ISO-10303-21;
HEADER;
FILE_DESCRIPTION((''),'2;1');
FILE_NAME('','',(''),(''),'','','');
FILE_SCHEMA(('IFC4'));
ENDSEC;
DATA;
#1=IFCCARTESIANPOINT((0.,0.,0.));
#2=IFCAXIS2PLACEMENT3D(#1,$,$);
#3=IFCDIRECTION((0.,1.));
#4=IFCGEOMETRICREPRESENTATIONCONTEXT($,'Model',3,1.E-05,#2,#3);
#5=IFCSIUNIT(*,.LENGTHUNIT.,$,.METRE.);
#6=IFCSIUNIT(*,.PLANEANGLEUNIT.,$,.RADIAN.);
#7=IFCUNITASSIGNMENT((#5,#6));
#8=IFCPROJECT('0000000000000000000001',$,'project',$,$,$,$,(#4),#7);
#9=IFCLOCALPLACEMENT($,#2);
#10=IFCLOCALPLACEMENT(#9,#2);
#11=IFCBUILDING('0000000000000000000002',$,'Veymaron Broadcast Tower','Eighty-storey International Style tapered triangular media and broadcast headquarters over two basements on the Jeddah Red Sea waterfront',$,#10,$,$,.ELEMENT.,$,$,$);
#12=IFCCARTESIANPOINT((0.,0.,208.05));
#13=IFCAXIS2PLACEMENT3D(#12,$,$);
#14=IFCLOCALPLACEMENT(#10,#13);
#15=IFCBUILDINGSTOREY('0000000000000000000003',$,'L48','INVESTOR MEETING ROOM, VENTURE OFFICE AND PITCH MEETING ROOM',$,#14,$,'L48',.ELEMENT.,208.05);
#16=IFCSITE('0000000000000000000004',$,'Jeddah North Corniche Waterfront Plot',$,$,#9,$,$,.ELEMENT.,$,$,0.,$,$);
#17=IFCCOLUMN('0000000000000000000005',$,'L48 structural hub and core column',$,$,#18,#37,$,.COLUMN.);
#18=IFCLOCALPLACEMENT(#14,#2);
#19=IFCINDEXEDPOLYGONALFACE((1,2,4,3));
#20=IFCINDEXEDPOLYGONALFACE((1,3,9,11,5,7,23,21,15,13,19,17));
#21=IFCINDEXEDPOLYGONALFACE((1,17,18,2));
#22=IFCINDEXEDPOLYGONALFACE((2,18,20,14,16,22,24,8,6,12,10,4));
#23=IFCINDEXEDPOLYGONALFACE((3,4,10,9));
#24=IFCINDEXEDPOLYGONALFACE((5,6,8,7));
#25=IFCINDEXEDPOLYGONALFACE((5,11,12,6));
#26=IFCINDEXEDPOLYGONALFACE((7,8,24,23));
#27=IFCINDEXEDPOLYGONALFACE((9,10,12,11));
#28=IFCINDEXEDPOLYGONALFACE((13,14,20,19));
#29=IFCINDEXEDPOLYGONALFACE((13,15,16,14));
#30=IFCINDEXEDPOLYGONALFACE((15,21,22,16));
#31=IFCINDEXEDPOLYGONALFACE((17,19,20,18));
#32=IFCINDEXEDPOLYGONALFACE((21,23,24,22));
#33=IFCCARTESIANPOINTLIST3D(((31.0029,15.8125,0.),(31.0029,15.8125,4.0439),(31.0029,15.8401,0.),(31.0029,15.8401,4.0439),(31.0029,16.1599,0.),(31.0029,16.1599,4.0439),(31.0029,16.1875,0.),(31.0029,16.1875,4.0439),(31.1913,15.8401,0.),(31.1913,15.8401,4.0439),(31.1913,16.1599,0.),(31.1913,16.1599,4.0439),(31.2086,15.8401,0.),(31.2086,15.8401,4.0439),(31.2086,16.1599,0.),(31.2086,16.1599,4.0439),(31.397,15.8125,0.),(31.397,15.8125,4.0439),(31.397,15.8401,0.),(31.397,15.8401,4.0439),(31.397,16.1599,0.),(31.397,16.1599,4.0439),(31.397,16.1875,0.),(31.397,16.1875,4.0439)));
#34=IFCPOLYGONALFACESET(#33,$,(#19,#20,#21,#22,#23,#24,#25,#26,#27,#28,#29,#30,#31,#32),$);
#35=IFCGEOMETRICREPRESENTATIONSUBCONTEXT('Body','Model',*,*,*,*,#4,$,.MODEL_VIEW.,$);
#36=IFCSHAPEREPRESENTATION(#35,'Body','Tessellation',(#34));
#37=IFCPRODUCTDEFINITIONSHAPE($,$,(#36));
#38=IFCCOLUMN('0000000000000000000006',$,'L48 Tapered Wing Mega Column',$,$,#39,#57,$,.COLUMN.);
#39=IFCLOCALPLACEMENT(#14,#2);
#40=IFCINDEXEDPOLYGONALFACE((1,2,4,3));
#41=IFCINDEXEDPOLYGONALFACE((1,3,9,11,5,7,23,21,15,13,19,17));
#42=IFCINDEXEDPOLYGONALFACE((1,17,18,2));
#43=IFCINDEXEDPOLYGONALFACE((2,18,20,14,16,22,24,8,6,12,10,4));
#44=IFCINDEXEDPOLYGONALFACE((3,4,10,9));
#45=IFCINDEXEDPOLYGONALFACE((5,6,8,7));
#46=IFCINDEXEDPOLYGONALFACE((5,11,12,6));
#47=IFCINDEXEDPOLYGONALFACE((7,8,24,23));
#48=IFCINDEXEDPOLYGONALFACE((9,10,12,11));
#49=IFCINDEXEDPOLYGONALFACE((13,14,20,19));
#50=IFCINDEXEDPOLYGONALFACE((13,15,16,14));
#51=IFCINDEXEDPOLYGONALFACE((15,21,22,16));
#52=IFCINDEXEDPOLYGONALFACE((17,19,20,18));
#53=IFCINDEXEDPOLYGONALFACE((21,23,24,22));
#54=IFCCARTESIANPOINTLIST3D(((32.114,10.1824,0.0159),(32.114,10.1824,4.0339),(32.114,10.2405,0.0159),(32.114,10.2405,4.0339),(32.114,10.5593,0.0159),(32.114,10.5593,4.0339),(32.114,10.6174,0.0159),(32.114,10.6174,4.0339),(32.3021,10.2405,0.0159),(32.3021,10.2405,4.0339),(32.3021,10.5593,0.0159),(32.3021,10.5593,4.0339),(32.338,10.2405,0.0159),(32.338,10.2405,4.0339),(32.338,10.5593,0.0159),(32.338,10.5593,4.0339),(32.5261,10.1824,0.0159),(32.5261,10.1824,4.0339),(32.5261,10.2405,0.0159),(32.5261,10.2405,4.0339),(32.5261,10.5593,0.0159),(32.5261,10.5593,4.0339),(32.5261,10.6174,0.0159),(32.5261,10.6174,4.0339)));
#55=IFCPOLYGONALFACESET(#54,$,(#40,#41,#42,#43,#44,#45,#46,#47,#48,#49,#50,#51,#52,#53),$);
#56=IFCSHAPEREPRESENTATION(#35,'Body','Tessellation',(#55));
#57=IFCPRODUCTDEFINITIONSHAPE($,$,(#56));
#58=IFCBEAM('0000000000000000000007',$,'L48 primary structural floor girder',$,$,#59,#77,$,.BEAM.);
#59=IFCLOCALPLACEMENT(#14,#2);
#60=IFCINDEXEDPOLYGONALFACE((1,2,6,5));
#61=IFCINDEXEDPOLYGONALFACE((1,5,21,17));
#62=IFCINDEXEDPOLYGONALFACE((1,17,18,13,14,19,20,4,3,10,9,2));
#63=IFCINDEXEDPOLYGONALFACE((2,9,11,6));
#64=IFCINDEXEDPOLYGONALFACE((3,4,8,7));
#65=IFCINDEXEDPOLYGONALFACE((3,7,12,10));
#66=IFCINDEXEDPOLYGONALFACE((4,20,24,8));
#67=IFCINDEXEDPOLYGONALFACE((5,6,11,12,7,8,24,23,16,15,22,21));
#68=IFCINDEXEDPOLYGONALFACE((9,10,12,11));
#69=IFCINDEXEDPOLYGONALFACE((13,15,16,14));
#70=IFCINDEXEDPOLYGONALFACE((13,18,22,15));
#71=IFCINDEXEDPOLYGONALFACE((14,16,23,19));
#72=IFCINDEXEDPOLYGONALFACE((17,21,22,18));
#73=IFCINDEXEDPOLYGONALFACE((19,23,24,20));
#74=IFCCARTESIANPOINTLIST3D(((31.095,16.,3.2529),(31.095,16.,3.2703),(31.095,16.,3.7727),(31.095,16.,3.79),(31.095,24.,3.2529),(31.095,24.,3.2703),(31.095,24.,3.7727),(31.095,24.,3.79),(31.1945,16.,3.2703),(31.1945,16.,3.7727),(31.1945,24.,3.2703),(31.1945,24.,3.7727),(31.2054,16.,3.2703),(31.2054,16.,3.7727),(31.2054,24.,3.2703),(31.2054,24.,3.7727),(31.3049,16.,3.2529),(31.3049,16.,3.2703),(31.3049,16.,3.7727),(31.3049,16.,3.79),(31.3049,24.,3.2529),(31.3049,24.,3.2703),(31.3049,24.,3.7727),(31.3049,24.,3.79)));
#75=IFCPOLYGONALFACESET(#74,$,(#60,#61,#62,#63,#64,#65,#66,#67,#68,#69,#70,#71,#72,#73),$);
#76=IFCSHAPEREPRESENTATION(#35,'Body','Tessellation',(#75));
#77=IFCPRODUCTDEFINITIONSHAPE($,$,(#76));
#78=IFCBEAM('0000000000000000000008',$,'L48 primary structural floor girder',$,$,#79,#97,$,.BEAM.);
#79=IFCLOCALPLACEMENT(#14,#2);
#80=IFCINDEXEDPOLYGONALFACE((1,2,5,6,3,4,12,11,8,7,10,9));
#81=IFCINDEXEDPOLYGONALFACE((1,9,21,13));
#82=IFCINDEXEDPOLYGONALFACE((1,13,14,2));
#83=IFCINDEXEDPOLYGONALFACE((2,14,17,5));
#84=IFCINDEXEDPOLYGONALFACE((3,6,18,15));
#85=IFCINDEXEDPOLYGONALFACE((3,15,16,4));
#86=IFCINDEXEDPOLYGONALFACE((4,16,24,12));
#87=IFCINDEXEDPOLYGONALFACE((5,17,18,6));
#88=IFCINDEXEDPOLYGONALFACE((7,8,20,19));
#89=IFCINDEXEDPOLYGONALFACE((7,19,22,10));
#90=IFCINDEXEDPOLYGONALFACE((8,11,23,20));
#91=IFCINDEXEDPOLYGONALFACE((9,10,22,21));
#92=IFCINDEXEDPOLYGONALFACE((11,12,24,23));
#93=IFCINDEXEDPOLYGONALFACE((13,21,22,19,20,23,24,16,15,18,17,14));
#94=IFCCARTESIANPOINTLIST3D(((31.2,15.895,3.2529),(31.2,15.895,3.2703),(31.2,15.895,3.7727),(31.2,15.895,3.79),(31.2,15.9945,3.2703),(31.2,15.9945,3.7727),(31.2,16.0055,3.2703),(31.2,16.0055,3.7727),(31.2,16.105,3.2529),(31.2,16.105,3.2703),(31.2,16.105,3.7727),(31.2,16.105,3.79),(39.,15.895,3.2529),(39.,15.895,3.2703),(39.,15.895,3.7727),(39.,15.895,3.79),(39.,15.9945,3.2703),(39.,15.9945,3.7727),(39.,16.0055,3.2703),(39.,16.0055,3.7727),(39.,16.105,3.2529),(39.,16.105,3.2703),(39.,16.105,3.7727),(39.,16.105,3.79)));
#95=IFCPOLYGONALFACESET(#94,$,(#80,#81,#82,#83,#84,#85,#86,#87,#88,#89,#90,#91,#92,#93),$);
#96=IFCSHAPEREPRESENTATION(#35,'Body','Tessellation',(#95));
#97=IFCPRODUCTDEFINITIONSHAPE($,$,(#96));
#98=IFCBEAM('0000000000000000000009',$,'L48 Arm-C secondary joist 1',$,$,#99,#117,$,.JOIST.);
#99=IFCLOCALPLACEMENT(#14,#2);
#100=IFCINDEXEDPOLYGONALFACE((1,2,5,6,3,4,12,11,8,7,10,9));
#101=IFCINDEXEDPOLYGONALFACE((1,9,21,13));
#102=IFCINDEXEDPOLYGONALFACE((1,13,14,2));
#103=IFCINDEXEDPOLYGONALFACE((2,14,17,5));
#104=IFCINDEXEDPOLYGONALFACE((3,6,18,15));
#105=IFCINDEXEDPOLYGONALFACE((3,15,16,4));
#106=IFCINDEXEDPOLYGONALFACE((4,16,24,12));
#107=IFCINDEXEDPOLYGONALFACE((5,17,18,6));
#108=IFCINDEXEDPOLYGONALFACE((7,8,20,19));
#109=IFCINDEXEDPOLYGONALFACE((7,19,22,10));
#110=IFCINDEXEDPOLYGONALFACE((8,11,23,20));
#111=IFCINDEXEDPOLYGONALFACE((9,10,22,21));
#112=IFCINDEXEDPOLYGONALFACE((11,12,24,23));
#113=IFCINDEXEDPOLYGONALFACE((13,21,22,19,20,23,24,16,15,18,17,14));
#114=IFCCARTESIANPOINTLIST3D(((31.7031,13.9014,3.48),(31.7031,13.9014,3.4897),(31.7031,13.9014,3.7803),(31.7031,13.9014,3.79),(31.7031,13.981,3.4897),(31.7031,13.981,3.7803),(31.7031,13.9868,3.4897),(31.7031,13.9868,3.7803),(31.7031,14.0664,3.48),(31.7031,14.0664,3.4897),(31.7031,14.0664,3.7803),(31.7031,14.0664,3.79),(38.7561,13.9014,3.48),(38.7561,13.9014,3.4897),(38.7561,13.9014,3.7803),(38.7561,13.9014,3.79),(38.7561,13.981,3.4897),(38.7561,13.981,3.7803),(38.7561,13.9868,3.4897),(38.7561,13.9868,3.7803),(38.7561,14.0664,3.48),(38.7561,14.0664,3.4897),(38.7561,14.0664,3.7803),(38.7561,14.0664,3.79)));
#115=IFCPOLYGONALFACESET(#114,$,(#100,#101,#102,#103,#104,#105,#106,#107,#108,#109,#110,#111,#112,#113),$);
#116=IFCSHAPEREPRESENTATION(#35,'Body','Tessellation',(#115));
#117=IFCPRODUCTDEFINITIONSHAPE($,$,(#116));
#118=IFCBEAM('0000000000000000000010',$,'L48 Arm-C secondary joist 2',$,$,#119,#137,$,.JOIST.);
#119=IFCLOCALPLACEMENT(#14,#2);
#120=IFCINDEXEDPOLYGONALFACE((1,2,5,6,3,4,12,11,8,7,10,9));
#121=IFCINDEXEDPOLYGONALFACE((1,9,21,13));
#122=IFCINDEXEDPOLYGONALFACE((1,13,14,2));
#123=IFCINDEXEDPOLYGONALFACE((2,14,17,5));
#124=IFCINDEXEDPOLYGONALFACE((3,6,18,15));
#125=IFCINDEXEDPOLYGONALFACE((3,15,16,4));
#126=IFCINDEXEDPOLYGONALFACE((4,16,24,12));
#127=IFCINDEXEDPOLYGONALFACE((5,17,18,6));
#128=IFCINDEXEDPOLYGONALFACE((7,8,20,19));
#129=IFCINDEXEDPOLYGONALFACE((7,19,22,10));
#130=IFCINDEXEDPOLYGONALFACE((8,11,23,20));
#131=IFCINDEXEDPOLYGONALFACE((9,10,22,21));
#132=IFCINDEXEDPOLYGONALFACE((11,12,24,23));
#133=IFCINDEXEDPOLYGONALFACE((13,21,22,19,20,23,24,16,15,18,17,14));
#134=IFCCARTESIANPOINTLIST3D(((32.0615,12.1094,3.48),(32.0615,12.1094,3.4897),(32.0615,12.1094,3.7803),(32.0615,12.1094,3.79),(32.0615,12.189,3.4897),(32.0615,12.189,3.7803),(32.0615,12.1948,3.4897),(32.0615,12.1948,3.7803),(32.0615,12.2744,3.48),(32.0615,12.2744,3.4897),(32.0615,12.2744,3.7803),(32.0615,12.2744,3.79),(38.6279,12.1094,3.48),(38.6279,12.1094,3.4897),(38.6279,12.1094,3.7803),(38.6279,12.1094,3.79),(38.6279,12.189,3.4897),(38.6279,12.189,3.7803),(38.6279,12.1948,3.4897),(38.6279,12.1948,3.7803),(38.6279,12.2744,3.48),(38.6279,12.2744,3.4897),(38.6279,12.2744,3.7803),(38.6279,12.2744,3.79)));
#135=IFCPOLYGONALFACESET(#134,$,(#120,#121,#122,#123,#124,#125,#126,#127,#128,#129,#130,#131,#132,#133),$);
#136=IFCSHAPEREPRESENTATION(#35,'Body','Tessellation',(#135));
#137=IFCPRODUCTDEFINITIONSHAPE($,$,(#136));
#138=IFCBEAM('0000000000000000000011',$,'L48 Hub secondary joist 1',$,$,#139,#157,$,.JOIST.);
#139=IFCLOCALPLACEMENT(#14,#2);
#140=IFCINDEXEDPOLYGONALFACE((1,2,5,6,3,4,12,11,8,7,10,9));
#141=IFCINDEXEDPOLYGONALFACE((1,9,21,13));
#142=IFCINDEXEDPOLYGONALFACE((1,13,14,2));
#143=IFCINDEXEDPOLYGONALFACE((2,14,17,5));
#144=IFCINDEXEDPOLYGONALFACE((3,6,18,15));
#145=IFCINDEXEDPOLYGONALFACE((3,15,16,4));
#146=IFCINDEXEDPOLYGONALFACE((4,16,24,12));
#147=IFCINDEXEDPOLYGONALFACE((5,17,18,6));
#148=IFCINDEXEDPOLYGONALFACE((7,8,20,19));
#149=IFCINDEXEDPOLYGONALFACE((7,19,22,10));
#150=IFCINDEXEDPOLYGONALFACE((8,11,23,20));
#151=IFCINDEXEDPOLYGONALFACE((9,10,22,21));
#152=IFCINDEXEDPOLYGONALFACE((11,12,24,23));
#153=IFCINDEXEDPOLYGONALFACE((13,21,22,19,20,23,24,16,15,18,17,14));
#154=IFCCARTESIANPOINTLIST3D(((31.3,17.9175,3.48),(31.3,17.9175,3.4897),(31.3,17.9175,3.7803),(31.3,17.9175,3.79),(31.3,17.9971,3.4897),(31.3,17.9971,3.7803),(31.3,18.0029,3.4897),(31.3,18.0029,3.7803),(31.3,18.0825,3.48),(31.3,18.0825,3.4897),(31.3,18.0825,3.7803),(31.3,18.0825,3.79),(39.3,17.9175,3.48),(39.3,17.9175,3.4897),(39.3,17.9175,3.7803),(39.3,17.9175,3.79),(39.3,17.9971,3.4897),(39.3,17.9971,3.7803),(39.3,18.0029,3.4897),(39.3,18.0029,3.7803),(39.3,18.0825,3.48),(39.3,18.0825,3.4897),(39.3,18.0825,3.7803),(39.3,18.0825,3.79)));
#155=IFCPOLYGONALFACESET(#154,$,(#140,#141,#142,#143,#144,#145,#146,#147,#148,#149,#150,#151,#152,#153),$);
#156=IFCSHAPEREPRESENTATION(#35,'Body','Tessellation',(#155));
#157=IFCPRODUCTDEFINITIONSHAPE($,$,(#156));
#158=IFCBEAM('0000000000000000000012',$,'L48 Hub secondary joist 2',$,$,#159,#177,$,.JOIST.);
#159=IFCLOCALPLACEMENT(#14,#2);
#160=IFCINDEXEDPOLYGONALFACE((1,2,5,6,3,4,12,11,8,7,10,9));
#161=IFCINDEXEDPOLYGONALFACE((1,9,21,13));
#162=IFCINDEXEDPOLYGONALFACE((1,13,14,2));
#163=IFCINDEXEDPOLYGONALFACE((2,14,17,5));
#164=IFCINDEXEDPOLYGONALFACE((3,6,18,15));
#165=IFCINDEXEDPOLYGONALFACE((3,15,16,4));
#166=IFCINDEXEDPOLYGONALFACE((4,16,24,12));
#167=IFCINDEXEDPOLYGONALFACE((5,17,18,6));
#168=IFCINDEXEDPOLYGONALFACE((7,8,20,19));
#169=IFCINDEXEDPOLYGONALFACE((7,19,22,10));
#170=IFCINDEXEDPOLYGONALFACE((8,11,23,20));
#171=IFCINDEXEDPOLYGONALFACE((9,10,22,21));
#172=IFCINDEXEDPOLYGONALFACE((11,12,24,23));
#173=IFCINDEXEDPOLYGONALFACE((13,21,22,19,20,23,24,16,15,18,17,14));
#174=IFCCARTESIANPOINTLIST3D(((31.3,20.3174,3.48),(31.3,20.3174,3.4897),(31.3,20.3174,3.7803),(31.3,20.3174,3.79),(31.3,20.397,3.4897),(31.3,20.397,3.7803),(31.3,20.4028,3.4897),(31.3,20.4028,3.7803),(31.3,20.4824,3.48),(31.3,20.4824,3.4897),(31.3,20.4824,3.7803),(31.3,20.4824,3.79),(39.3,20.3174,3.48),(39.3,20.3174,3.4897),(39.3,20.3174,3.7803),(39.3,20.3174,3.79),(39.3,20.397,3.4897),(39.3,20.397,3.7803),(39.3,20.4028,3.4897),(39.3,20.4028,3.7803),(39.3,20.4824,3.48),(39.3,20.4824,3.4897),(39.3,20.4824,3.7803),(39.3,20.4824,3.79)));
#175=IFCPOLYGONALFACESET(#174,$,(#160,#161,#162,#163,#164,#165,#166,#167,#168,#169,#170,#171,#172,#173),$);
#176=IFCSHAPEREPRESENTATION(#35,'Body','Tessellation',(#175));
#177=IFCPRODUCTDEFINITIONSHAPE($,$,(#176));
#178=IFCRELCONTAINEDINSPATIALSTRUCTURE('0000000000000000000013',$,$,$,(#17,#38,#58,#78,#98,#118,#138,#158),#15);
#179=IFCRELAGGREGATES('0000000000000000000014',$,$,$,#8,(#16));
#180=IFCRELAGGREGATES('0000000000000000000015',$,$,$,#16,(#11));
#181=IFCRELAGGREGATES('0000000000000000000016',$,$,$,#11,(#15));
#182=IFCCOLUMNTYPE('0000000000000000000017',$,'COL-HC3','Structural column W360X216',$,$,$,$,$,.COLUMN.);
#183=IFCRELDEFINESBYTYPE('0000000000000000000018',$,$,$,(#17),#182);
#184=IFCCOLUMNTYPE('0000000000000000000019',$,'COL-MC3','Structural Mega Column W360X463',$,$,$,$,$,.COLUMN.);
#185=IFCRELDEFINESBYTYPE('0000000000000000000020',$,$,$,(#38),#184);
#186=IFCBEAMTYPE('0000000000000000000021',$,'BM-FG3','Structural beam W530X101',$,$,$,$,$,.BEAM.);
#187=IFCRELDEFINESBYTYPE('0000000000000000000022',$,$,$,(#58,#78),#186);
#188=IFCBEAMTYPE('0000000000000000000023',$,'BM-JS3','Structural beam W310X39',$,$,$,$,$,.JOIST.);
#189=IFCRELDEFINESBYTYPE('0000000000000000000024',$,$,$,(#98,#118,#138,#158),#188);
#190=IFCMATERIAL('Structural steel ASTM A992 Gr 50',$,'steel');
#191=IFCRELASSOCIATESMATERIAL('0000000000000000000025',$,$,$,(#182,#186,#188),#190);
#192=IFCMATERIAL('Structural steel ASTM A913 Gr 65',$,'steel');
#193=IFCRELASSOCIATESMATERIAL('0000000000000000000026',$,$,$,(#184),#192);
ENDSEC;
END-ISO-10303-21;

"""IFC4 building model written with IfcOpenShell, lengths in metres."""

from ifc_helpers import new_model, si_unit, direction, frame, origin, origin_2d, place, context, subcontext, project, spatial, i_section, extrude, material, material_profile, profile_set, type_object, element, save


model = new_model("IFC4")

# Units and contexts
model_context = context("Model", 3, precision=1e-05, world=origin(), true_north=direction((0.0, 1.0)))
body_context = subcontext(model_context, "Body", "Model", "MODEL_VIEW")
ifc_project = project(units=[si_unit("LENGTHUNIT", "METRE"), si_unit("PLANEANGLEUNIT", "RADIAN")], contexts=[model_context])

# Site, building, storey
site_placement = place(None, origin())
site = spatial("IfcSite", under=ifc_project, at=site_placement, Name="Jeddah North Corniche Waterfront Plot", CompositionType="ELEMENT", RefElevation=0.0)
building_placement = place(site_placement, origin())
building = spatial("IfcBuilding", under=site, at=building_placement, Name="Veymaron Broadcast Tower", Description="Eighty-storey International Style tapered triangular media and broadcast headquarters over two basements on the Jeddah Red Sea waterfront", CompositionType="ELEMENT")
storey_placement = place(building_placement, frame((0.0, 0.0, 208.05)))
storey = spatial("IfcBuildingStorey", under=building, at=storey_placement, Name="L48", Description="INVESTOR MEETING ROOM, VENTURE OFFICE AND PITCH MEETING ROOM", LongName="L48", CompositionType="ELEMENT", Elevation=208.05)

# Columns
ifc_material_1 = material(Name="Structural steel ASTM A992 Gr 50", Category="steel")
ifc_material_profile_1 = material_profile(ifc_material_1, i_section(OverallWidth=0.394, OverallDepth=0.375, WebThickness=0.0173, FlangeThickness=0.0276, at=origin_2d()), Name="W360X216")
ifc_profile_set_1 = profile_set([ifc_material_profile_1], Name="Structural steel ASTM A992 Gr 50")
column_type_1 = type_object("IfcColumnType", Name="COL-HC3", Description="Structural column W360X216", PredefinedType="COLUMN", material=ifc_profile_set_1)
column_1_placement = place(storey_placement, frame((31.2, 16.0, 0.0), z_axis=(0.0, 0.0, 1.0), x_axis=(1.0, 0.0, 0.0)))
element("IfcColumn", 1, at=column_1_placement, inside=storey, type_object=column_type_1, Name="L48 structural hub and core column", PredefinedType="COLUMN", context=body_context, shape_type="SweptSolid", body=[
    extrude(i_section(OverallWidth=0.394, OverallDepth=0.375, WebThickness=0.0173, FlangeThickness=0.0276, at=origin_2d()), origin(), (0.0, 0.0, 1.0), 4.0439),
])
ifc_material_2 = material(Name="Structural steel ASTM A913 Gr 65", Category="steel")
ifc_material_profile_2 = material_profile(ifc_material_2, i_section(OverallWidth=0.4121, OverallDepth=0.4351, WebThickness=0.0359, FlangeThickness=0.0581, at=origin_2d()), Name="W360X463")
ifc_profile_set_2 = profile_set([ifc_material_profile_2], Name="Structural steel ASTM A913 Gr 65")
column_type_2 = type_object("IfcColumnType", Name="COL-MC3", Description="Structural Mega Column W360X463", PredefinedType="COLUMN", material=ifc_profile_set_2)
column_2_placement = place(storey_placement, frame((32.3201, 10.3999, 0.0159), z_axis=(0.0, 0.0, 1.0), x_axis=(1.0, 0.0, 0.0)))
element("IfcColumn", 2, at=column_2_placement, inside=storey, type_object=column_type_2, Name="L48 Tapered Wing Mega Column", PredefinedType="COLUMN", context=body_context, shape_type="SweptSolid", body=[
    extrude(i_section(OverallWidth=0.4121, OverallDepth=0.4351, WebThickness=0.0359, FlangeThickness=0.0581, at=origin_2d()), origin(), (0.0, 0.0, 1.0), 4.0181),
])

# Beams
ifc_material_profile_3 = material_profile(ifc_material_1, i_section(OverallWidth=0.21, OverallDepth=0.5371, WebThickness=0.011, FlangeThickness=0.0173, at=origin_2d()), Name="W530X101")
ifc_profile_set_3 = profile_set([ifc_material_profile_3], Name="Structural steel ASTM A992 Gr 50")
beam_type_1 = type_object("IfcBeamType", Name="BM-FG3", Description="Structural beam W530X101", PredefinedType="BEAM", material=ifc_profile_set_3)
beam_1_placement = place(storey_placement, frame((31.2, 16.0, 3.5215), z_axis=(0.0, 1.0, 0.0), x_axis=(-1.0, 0.0, 0.0)))
element("IfcBeam", 3, at=beam_1_placement, inside=storey, type_object=beam_type_1, Name="L48 primary structural floor girder", PredefinedType="BEAM", context=body_context, shape_type="SweptSolid", body=[
    extrude(i_section(OverallWidth=0.21, OverallDepth=0.5371, WebThickness=0.011, FlangeThickness=0.0173, at=origin_2d()), origin(), (0.0, 0.0, 1.0), 8.0),
])
beam_2_placement = place(storey_placement, frame((31.2, 16.0, 3.5215), z_axis=(1.0, 0.0, 0.0), x_axis=(0.0, 1.0, 0.0)))
element("IfcBeam", 4, at=beam_2_placement, inside=storey, type_object=beam_type_1, Name="L48 primary structural floor girder", PredefinedType="BEAM", context=body_context, shape_type="SweptSolid", body=[
    extrude(i_section(OverallWidth=0.21, OverallDepth=0.5371, WebThickness=0.011, FlangeThickness=0.0173, at=origin_2d()), origin(), (0.0, 0.0, 1.0), 7.8),
])
ifc_material_profile_4 = material_profile(ifc_material_1, i_section(OverallWidth=0.165, OverallDepth=0.3101, WebThickness=0.0059, FlangeThickness=0.0098, at=origin_2d()), Name="W310X39")
ifc_profile_set_4 = profile_set([ifc_material_profile_4], Name="Structural steel ASTM A992 Gr 50")
beam_type_2 = type_object("IfcBeamType", Name="BM-JS3", Description="Structural beam W310X39", PredefinedType="JOIST", material=ifc_profile_set_4)
beam_3_placement = place(storey_placement, frame((31.7031, 13.9839, 3.635), z_axis=(1.0, 0.0, 0.0), x_axis=(0.0, 1.0, 0.0)))
element("IfcBeam", 5, at=beam_3_placement, inside=storey, type_object=beam_type_2, Name="L48 Arm-C secondary joist 1", PredefinedType="JOIST", context=body_context, shape_type="SweptSolid", body=[
    extrude(i_section(OverallWidth=0.165, OverallDepth=0.3101, WebThickness=0.0059, FlangeThickness=0.0098, at=origin_2d()), origin(), (0.0, 0.0, 1.0), 7.053),
])
beam_4_placement = place(storey_placement, frame((32.0615, 12.1919, 3.635), z_axis=(1.0, 0.0, 0.0), x_axis=(0.0, 1.0, 0.0)))
element("IfcBeam", 6, at=beam_4_placement, inside=storey, type_object=beam_type_2, Name="L48 Arm-C secondary joist 2", PredefinedType="JOIST", context=body_context, shape_type="SweptSolid", body=[
    extrude(i_section(OverallWidth=0.165, OverallDepth=0.3101, WebThickness=0.0059, FlangeThickness=0.0098, at=origin_2d()), origin(), (0.0, 0.0, 1.0), 6.5664),
])
for number, where, z_axis, x_axis, name in (
    (7, (31.3, 18.0, 3.635), (1.0, 0.0, 0.0), (0.0, 1.0, 0.0), "L48 Hub secondary joist 1"),
    (8, (31.3, 20.3999, 3.635), (1.0, 0.0, 0.0), (0.0, 1.0, 0.0), "L48 Hub secondary joist 2"),
):
    element("IfcBeam", number, at=place(storey_placement, frame(where, z_axis=z_axis, x_axis=x_axis)), inside=storey, type_object=beam_type_2, Name=name, PredefinedType="JOIST", context=body_context, shape_type="SweptSolid", body=[
        extrude(i_section(OverallWidth=0.165, OverallDepth=0.3101, WebThickness=0.0059, FlangeThickness=0.0098, at=origin_2d()), origin(), (0.0, 0.0, 1.0), 8.0),
    ])

save(model, "model.ifc")
